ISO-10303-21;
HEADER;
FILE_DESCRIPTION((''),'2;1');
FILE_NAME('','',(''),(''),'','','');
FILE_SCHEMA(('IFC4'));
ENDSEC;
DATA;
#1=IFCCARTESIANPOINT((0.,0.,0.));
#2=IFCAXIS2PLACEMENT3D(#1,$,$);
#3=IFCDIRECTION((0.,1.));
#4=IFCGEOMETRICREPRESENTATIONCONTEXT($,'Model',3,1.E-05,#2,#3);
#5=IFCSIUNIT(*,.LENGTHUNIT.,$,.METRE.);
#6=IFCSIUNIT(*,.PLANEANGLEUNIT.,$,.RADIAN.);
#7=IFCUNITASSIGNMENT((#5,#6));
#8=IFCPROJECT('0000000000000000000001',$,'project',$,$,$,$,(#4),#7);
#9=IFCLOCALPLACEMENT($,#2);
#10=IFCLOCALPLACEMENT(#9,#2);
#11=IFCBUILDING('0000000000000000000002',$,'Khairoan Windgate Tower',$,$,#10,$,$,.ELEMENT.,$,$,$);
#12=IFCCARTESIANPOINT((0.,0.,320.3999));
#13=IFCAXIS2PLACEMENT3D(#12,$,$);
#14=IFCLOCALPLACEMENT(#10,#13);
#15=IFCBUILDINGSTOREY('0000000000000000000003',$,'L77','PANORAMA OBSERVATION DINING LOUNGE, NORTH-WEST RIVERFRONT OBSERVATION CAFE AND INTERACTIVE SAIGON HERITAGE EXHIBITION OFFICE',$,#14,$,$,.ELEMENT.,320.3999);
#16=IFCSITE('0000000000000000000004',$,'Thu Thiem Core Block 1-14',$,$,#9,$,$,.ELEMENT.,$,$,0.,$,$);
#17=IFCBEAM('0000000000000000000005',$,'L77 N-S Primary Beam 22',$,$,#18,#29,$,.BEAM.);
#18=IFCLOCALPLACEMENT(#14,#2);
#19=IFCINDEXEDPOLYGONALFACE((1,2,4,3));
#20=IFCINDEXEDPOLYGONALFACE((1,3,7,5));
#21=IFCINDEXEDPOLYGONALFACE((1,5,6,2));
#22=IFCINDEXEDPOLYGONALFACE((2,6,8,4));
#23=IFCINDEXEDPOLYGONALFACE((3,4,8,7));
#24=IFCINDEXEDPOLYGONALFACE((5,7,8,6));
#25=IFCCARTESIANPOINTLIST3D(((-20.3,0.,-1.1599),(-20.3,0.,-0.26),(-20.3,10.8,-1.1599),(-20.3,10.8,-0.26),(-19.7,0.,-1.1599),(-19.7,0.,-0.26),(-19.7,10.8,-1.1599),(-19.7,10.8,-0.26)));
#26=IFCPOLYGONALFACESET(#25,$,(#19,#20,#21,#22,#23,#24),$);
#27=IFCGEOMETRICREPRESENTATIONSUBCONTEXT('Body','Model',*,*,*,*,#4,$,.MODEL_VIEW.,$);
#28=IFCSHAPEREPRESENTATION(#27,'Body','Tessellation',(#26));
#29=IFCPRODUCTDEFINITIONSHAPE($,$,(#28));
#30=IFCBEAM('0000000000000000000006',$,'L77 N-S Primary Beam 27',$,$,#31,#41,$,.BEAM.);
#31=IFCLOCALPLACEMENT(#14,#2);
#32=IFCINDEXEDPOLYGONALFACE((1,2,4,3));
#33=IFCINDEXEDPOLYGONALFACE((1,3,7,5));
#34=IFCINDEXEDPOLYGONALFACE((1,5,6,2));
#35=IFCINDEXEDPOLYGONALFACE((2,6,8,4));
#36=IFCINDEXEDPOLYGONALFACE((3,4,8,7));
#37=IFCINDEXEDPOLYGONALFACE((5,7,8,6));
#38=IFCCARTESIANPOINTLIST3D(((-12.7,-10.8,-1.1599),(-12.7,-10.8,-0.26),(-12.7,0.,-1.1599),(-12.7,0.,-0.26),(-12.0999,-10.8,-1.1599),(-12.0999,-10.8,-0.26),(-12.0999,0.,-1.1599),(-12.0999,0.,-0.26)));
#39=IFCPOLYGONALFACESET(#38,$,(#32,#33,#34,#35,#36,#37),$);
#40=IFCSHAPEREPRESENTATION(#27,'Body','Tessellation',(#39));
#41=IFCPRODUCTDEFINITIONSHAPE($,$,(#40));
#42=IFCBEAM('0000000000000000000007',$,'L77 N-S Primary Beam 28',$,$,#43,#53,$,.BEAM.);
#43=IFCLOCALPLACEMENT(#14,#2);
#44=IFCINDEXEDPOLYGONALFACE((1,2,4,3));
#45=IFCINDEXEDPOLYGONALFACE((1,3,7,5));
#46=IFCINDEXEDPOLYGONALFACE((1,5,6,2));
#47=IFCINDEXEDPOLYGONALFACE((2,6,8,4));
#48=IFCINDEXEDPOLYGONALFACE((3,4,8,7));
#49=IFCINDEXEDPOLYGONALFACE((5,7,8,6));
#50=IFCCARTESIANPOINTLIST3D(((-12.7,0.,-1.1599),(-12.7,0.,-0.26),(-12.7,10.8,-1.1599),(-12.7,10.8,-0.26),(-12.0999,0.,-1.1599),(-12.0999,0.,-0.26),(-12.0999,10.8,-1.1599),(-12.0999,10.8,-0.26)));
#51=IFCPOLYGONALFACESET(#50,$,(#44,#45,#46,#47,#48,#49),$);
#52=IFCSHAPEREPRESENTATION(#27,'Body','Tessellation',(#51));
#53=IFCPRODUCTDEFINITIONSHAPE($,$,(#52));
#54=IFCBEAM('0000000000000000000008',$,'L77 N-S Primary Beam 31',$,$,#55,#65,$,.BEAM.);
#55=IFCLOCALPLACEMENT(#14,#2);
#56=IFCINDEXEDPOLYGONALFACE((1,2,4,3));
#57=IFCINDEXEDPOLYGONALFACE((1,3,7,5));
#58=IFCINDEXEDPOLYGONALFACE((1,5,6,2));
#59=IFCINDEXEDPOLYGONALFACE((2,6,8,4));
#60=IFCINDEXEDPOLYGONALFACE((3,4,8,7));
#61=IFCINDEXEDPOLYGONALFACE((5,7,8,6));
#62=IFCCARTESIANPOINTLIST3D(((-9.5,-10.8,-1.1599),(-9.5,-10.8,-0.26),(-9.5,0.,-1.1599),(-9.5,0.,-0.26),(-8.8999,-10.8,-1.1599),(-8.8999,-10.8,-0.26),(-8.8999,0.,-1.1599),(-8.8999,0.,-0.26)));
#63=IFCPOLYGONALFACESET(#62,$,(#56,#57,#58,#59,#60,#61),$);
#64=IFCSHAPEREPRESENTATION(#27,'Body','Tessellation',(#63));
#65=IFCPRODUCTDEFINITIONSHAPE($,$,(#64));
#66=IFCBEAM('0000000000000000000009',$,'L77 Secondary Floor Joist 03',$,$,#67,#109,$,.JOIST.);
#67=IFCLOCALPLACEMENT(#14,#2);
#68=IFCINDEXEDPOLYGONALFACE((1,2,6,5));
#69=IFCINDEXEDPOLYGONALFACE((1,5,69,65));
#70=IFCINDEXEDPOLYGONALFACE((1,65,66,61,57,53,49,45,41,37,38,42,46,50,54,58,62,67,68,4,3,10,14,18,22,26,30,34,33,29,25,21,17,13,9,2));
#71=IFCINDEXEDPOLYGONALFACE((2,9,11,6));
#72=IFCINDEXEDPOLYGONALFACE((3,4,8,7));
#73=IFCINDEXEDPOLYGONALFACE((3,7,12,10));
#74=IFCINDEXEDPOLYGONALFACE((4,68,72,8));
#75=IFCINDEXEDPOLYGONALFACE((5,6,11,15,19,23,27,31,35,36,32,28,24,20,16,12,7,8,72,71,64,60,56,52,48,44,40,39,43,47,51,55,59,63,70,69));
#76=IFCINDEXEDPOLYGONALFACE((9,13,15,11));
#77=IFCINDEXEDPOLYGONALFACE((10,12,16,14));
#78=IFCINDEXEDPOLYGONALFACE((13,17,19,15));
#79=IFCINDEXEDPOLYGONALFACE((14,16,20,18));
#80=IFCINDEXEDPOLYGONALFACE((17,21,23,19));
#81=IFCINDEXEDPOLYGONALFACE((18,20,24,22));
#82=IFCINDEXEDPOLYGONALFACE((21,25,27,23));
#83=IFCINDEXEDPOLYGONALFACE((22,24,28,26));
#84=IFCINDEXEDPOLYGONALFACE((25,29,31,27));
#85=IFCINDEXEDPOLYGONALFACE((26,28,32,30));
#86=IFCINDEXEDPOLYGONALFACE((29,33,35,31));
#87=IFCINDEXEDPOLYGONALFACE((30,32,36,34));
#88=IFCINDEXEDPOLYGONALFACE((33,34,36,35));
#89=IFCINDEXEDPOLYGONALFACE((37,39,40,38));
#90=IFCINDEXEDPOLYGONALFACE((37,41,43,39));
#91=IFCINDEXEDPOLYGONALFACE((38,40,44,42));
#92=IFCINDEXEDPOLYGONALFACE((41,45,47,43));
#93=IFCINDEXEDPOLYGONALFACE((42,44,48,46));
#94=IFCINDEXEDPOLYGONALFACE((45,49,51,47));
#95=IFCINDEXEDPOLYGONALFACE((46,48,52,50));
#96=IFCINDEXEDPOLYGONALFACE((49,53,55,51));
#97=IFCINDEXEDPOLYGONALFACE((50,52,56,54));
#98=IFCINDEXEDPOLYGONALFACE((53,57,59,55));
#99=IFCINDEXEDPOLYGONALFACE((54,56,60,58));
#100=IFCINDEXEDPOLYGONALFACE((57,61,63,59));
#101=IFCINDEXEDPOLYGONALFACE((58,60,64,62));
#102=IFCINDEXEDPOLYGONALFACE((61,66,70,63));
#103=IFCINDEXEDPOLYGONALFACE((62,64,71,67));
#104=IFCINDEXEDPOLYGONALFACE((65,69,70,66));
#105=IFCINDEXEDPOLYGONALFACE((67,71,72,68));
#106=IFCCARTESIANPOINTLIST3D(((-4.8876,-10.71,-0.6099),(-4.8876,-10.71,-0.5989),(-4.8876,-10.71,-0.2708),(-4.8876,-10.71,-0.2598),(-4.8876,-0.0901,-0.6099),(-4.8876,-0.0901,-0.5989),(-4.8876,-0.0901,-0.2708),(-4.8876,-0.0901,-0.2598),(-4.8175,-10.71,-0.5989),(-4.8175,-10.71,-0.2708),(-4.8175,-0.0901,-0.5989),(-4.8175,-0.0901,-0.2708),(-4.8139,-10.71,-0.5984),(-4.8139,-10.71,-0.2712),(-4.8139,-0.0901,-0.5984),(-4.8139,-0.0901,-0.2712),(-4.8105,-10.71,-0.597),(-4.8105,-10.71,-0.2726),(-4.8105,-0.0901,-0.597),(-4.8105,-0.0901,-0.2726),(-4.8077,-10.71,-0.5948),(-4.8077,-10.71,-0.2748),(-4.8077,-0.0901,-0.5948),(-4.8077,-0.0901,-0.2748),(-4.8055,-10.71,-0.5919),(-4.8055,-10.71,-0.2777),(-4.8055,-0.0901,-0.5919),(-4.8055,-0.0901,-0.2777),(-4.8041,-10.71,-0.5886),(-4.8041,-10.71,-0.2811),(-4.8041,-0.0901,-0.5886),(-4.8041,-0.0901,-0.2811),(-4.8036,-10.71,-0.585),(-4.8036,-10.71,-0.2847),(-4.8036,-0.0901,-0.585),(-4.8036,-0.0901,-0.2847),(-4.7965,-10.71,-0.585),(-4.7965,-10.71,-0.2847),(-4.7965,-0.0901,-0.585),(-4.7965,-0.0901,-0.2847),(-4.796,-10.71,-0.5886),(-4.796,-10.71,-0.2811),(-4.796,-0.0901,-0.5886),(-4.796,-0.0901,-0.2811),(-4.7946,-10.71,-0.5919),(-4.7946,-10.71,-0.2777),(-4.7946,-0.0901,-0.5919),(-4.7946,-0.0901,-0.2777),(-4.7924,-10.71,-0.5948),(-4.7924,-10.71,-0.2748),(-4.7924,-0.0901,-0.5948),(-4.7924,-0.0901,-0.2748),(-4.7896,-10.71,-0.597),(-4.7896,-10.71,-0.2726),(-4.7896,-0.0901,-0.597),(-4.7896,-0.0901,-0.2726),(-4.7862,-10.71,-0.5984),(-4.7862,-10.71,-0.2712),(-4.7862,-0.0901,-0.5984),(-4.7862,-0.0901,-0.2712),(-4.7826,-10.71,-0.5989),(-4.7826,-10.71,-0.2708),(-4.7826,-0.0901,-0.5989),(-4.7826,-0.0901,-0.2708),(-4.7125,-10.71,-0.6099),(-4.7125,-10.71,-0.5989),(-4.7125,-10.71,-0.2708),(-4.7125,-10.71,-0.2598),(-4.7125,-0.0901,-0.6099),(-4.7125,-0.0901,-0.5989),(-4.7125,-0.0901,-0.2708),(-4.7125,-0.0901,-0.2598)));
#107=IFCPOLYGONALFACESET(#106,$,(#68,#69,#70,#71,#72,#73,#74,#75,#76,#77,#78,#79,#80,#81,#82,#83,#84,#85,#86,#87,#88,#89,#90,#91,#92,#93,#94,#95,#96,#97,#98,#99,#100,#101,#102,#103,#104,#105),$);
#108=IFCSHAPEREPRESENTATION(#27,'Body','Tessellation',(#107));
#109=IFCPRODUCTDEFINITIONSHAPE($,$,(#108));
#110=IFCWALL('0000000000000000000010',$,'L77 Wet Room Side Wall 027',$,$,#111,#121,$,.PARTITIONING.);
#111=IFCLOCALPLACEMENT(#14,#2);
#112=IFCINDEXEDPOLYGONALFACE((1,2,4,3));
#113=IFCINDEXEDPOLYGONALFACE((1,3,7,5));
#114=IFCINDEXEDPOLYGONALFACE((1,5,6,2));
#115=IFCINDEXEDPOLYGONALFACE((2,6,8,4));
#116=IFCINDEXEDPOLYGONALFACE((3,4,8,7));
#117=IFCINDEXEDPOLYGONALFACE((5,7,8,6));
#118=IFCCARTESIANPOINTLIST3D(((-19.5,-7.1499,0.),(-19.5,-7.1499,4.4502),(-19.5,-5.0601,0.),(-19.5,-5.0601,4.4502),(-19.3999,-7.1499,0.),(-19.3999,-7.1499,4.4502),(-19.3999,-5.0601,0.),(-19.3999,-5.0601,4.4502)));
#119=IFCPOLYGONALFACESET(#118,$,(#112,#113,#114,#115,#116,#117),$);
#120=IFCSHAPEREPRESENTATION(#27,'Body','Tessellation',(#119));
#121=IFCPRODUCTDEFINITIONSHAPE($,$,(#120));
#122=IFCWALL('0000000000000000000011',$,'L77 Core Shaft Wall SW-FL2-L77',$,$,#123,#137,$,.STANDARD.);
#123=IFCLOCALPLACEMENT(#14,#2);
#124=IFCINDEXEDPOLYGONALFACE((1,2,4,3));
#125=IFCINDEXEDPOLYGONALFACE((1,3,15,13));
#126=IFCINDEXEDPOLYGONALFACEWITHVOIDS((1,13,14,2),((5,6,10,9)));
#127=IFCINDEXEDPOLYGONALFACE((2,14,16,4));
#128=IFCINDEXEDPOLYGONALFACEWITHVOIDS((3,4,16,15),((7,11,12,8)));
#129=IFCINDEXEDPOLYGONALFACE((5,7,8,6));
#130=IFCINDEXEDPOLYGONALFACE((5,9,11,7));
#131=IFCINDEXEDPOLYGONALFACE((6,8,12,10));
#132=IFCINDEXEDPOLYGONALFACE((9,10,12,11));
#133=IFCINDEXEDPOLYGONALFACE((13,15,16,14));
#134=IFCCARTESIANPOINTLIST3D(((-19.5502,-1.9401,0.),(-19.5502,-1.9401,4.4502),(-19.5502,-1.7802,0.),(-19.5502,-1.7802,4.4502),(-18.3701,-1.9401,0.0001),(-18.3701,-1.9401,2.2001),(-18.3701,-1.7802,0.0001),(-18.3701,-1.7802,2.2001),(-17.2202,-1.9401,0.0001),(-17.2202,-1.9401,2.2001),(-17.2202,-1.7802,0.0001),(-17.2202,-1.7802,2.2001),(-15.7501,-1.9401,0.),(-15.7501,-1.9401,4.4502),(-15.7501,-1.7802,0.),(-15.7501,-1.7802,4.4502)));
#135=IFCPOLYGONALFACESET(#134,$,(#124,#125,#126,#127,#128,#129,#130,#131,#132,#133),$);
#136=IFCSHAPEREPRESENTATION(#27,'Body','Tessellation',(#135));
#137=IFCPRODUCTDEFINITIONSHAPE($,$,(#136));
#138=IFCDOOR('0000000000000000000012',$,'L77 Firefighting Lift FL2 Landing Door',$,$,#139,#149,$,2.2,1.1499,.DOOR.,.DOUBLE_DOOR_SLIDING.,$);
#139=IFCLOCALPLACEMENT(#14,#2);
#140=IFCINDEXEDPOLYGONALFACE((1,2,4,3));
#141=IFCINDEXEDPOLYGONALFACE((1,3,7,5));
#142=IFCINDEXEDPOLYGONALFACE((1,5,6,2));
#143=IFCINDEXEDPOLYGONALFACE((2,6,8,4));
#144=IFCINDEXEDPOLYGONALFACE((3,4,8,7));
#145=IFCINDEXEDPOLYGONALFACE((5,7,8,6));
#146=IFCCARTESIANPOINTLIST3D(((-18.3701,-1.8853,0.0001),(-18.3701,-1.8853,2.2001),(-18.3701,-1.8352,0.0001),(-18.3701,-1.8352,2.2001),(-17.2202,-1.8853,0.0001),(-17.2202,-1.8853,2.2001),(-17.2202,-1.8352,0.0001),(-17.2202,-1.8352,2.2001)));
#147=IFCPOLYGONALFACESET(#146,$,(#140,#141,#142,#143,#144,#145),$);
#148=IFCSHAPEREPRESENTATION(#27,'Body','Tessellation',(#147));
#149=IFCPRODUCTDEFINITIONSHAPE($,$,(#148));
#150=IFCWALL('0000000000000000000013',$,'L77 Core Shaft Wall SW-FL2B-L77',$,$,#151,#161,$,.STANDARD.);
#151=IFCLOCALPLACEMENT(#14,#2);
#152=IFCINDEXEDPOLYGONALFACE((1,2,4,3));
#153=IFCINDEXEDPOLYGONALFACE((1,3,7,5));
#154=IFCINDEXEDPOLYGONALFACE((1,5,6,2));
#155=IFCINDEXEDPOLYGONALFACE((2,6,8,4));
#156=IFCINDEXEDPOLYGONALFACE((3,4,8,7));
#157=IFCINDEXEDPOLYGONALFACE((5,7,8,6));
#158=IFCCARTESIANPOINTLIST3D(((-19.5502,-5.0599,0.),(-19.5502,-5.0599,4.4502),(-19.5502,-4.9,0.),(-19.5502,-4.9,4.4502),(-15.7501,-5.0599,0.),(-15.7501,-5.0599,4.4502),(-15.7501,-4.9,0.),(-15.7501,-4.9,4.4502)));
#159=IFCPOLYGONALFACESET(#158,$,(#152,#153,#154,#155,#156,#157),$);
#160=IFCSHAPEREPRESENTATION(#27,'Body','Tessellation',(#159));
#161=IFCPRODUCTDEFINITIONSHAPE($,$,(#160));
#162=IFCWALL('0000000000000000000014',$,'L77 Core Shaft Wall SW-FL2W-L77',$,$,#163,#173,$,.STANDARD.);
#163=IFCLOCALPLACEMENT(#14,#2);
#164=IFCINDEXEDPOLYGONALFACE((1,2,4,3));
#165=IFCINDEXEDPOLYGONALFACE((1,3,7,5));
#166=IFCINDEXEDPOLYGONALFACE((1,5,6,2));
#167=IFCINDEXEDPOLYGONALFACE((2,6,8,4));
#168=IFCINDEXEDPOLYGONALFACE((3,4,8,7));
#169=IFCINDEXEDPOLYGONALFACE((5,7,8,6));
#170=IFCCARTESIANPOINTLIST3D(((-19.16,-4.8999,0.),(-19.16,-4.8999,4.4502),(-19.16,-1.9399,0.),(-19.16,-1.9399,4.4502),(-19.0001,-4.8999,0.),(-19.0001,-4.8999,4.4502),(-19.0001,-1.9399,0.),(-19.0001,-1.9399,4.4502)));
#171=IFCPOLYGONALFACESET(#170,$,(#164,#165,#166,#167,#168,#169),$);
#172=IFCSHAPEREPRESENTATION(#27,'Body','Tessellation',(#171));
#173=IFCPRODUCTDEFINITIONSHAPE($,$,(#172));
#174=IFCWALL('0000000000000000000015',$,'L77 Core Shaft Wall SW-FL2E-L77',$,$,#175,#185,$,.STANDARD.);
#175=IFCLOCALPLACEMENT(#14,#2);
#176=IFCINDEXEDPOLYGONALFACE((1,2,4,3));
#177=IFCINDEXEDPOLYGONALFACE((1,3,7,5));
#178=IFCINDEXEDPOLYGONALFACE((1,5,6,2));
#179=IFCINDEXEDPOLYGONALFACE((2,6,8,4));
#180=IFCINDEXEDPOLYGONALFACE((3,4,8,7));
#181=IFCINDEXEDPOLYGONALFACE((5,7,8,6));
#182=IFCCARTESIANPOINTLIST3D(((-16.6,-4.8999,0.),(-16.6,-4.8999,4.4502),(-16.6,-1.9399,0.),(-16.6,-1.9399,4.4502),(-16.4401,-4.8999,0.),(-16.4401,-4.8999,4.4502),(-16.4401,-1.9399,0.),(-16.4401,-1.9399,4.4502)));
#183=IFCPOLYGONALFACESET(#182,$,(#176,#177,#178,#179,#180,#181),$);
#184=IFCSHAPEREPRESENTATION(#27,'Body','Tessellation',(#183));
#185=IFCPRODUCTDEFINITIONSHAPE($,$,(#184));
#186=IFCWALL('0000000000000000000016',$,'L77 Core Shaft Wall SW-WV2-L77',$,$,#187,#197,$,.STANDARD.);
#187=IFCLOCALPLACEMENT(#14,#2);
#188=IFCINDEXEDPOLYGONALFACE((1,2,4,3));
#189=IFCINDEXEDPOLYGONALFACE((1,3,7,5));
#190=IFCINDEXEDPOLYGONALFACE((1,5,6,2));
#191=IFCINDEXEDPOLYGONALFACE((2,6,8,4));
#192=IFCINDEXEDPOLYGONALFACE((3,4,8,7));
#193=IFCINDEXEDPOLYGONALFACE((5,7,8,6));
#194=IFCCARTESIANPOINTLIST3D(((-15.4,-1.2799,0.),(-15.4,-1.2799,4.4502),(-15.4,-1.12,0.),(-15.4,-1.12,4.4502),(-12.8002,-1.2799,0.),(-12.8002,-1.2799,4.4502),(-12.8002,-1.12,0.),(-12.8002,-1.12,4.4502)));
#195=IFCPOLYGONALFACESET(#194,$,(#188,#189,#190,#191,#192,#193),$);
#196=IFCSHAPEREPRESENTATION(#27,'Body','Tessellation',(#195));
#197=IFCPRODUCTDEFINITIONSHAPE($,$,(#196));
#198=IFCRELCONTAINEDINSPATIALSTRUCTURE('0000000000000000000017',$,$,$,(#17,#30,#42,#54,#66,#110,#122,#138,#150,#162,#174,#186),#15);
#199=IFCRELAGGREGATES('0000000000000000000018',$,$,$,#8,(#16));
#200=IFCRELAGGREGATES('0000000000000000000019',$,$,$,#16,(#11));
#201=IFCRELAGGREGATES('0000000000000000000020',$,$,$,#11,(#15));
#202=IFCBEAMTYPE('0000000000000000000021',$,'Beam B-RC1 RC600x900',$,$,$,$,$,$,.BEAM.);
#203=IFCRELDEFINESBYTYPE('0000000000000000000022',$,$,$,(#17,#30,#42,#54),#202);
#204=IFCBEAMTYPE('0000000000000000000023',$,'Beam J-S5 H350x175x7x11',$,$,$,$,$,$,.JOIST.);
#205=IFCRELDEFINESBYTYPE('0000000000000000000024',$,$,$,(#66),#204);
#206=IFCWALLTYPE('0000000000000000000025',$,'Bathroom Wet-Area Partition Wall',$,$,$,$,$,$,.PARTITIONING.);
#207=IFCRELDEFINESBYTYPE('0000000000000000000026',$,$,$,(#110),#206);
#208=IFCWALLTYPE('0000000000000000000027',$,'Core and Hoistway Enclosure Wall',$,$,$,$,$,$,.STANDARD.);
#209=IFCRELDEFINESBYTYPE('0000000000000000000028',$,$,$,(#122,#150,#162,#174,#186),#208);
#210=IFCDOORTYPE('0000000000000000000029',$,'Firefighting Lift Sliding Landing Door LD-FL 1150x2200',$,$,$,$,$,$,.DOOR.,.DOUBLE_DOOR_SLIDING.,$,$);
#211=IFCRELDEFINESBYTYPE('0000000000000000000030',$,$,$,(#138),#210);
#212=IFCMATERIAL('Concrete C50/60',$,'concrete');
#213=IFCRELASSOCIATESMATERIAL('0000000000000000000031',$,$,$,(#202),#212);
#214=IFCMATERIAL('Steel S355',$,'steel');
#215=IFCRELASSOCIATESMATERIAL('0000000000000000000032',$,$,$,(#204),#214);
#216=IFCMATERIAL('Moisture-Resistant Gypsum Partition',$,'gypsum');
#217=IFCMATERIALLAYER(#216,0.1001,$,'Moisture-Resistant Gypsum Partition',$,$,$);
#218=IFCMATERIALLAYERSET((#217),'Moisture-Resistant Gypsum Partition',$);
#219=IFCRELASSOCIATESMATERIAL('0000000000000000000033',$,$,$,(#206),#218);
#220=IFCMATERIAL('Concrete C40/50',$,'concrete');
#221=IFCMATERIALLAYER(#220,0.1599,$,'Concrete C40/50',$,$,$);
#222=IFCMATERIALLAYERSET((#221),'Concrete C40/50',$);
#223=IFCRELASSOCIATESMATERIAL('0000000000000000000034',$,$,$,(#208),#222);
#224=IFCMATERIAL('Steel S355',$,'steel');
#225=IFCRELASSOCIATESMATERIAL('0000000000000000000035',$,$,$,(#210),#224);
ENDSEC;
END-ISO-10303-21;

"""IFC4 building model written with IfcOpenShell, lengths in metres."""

from ifc_helpers import new_model, si_unit, direction, frame, frame_2d, origin, origin_2d, place, context, subcontext, project, spatial, rectangle, i_section, extrude, material, layer, layer_set, material_profile, profile_set, type_object, element, fill, save


model = new_model("IFC4")

# Units and contexts
model_context = context("Model", 3, precision=1e-05, world=origin(), true_north=direction((0.0, 1.0)))
body_context = subcontext(model_context, "Body", "Model", "MODEL_VIEW")
ifc_project = project(units=[si_unit("LENGTHUNIT", "METRE"), si_unit("PLANEANGLEUNIT", "RADIAN")], contexts=[model_context])

# Site, building, storey
site_placement = place(None, origin())
site = spatial("IfcSite", under=ifc_project, at=site_placement, Name="Thu Thiem Core Block 1-14", CompositionType="ELEMENT", RefElevation=0.0)
building_placement = place(site_placement, origin())
building = spatial("IfcBuilding", under=site, at=building_placement, Name="Khairoan Windgate Tower", CompositionType="ELEMENT")
storey_placement = place(building_placement, frame((0.0, 0.0, 320.3999)))
storey = spatial("IfcBuildingStorey", under=building, at=storey_placement, Name="L77", Description="PANORAMA OBSERVATION DINING LOUNGE, NORTH-WEST RIVERFRONT OBSERVATION CAFE AND INTERACTIVE SAIGON HERITAGE EXHIBITION OFFICE", CompositionType="ELEMENT", Elevation=320.3999)

# Beams
ifc_material_1 = material(Name="Concrete C50/60", Category="concrete")
ifc_material_profile_1 = material_profile(ifc_material_1, rectangle(XDim=0.6001, YDim=0.8999, at=origin_2d()))
ifc_profile_set_1 = profile_set([ifc_material_profile_1], Name="Concrete C50/60")
beam_type_1 = type_object("IfcBeamType", Name="Beam B-RC1 RC600x900", PredefinedType="BEAM", material=ifc_profile_set_1)
for number, where, z_axis, x_axis, name in (
    (1, (-20.0, 0.0, -0.71), (0.0, 1.0, 0.0), (-1.0, 0.0, 0.0), "L77 N-S Primary Beam 22"),
    (2, (-12.3999, -10.8, -0.71), (0.0, 1.0, 0.0), (-1.0, 0.0, 0.0), "L77 N-S Primary Beam 27"),
    (3, (-12.3999, 0.0, -0.71), (0.0, 1.0, 0.0), (-1.0, 0.0, 0.0), "L77 N-S Primary Beam 28"),
    (4, (-9.2, -10.8, -0.71), (0.0, 1.0, 0.0), (-1.0, 0.0, 0.0), "L77 N-S Primary Beam 31"),
):
    element("IfcBeam", number, at=place(storey_placement, frame(where, z_axis=z_axis, x_axis=x_axis)), inside=storey, type_object=beam_type_1, Name=name, PredefinedType="BEAM", context=body_context, shape_type="SweptSolid", body=[
        extrude(rectangle(XDim=0.6001, YDim=0.8999, at=origin_2d()), origin(), (0.0, 0.0, 1.0), 10.8),
    ])
ifc_material_2 = material(Name="Steel S355", Category="steel")
ifc_material_profile_2 = material_profile(ifc_material_2, i_section(OverallWidth=0.175, OverallDepth=0.3501, WebThickness=0.0071, FlangeThickness=0.011, FilletRadius=0.0139, at=origin_2d()))
ifc_profile_set_2 = profile_set([ifc_material_profile_2], Name="Steel S355")
beam_type_2 = type_object("IfcBeamType", Name="Beam J-S5 H350x175x7x11", PredefinedType="JOIST", material=ifc_profile_set_2)
beam_1_placement = place(storey_placement, frame((-4.8, -10.71, -0.4348), z_axis=(0.0, 1.0, 0.0), x_axis=(-1.0, 0.0, 0.0)))
element("IfcBeam", 5, at=beam_1_placement, inside=storey, type_object=beam_type_2, Name="L77 Secondary Floor Joist 03", PredefinedType="JOIST", context=body_context, shape_type="SweptSolid", body=[
    extrude(i_section(OverallWidth=0.175, OverallDepth=0.3501, WebThickness=0.0071, FlangeThickness=0.011, FilletRadius=0.0139, at=origin_2d()), origin(), (0.0, 0.0, 1.0), 10.6199),
])

# Wall
ifc_material_3 = material(Name="Moisture-Resistant Gypsum Partition", Category="gypsum")
ifc_layer_1 = layer(ifc_material_3, 0.1001, Name="Moisture-Resistant Gypsum Partition")
ifc_layer_set_1 = layer_set([ifc_layer_1], Name="Moisture-Resistant Gypsum Partition")
wall_type_1 = type_object("IfcWallType", Name="Bathroom Wet-Area Partition Wall", PredefinedType="PARTITIONING", material=ifc_layer_set_1)
wall_1_placement = place(storey_placement, frame((-19.45, -7.1499, 0.0), z_axis=(0.0, 0.0, 1.0), x_axis=(0.0, 1.0, 0.0)))
element("IfcWall", 6, at=wall_1_placement, inside=storey, type_object=wall_type_1, Name="L77 Wet Room Side Wall 027", PredefinedType="PARTITIONING", context=body_context, shape_type="SweptSolid", body=[
    extrude(rectangle(XDim=2.0898, YDim=0.1001, at=frame_2d((1.0449, 0.0))), origin(), (0.0, 0.0, 1.0), 4.4502),
])

# Wall, opening, door
ifc_material_4 = material(Name="Concrete C40/50", Category="concrete")
ifc_layer_2 = layer(ifc_material_4, 0.1599, Name="Concrete C40/50")
ifc_layer_set_2 = layer_set([ifc_layer_2], Name="Concrete C40/50")
wall_type_2 = type_object("IfcWallType", Name="Core and Hoistway Enclosure Wall", PredefinedType="STANDARD", material=ifc_layer_set_2)
wall_2_placement = place(storey_placement, frame((-19.55, -1.8601, 0.0), z_axis=(0.0, 0.0, 1.0), x_axis=(1.0, 0.0, 0.0)))
wall_2 = element("IfcWall", 7, at=wall_2_placement, inside=storey, type_object=wall_type_2, Name="L77 Core Shaft Wall SW-FL2-L77", PredefinedType="STANDARD", context=body_context, shape_type="SweptSolid", body=[
    extrude(rectangle(XDim=3.8, YDim=0.1599, at=frame_2d((1.8999, 0.0))), origin(), (0.0, 0.0, 1.0), 4.4502),
])
opening_1_placement = place(wall_2_placement, frame((1.1799, 0.0, 0.0)))
opening_1 = element("IfcOpeningElement", 8, at=opening_1_placement, cuts=wall_2, PredefinedType="OPENING", context=body_context, shape_type="SweptSolid", body=[
    extrude(rectangle(XDim=1.1499, YDim=2.2, at=frame_2d((0.575, 1.1001))), frame((0.0, 0.0898, 0.0), z_axis=(0.0, -1.0, 0.0), x_axis=(1.0, 0.0, 0.0)), (0.0, 0.0, 1.0), 0.1799),
])
ifc_material_5 = material(Name="Steel S355", Category="steel")
door_type_1 = type_object("IfcDoorType", Name="Firefighting Lift Sliding Landing Door LD-FL 1150x2200", OperationType="DOUBLE_DOOR_SLIDING", PredefinedType="DOOR", material=ifc_material_5)
door_1_placement = place(opening_1_placement, origin())
door_1 = element("IfcDoor", 9, at=door_1_placement, inside=storey, type_object=door_type_1, Name="L77 Firefighting Lift FL2 Landing Door", OperationType="DOUBLE_DOOR_SLIDING", OverallHeight=2.2, OverallWidth=1.1499, PredefinedType="DOOR", context=body_context, shape_type="SweptSolid", body=[
    extrude(rectangle(XDim=1.1499, YDim=2.2, at=frame_2d((0.575, 1.1001))), frame((0.0, 0.0249, 0.0), z_axis=(0.0, -1.0, 0.0), x_axis=(1.0, 0.0, 0.0)), (0.0, 0.0, 1.0), 0.05),
])
fill(opening_1, door_1)

# Walls
wall_3_placement = place(storey_placement, frame((-19.55, -4.98, 0.0), z_axis=(0.0, 0.0, 1.0), x_axis=(1.0, 0.0, 0.0)))
element("IfcWall", 10, at=wall_3_placement, inside=storey, type_object=wall_type_2, Name="L77 Core Shaft Wall SW-FL2B-L77", PredefinedType="STANDARD", context=body_context, shape_type="SweptSolid", body=[
    extrude(rectangle(XDim=3.8, YDim=0.1599, at=frame_2d((1.8999, 0.0))), origin(), (0.0, 0.0, 1.0), 4.4502),
])
for number, where, z_axis, x_axis, name in (
    (11, (-19.0801, -4.8999, 0.0), (0.0, 0.0, 1.0), (0.0, 1.0, 0.0), "L77 Core Shaft Wall SW-FL2W-L77"),
    (12, (-16.52, -4.8999, 0.0), (0.0, 0.0, 1.0), (0.0, 1.0, 0.0), "L77 Core Shaft Wall SW-FL2E-L77"),
):
    element("IfcWall", number, at=place(storey_placement, frame(where, z_axis=z_axis, x_axis=x_axis)), inside=storey, type_object=wall_type_2, Name=name, PredefinedType="STANDARD", context=body_context, shape_type="SweptSolid", body=[
        extrude(rectangle(XDim=2.96, YDim=0.1599, at=frame_2d((1.48, 0.0))), origin(), (0.0, 0.0, 1.0), 4.4502),
    ])
for number, where, z_axis, x_axis, name in (
    (13, (-15.3999, -1.2, 0.0), (0.0, 0.0, 1.0), (1.0, 0.0, 0.0), "L77 Core Shaft Wall SW-WV2-L77"),
):
    element("IfcWall", number, at=place(storey_placement, frame(where, z_axis=z_axis, x_axis=x_axis)), inside=storey, type_object=wall_type_2, Name=name, PredefinedType="STANDARD", context=body_context, shape_type="SweptSolid", body=[
        extrude(rectangle(XDim=2.5999, YDim=0.1599, at=frame_2d((1.2998, 0.0))), origin(), (0.0, 0.0, 1.0), 4.4502),
    ])

save(model, "model.ifc")
